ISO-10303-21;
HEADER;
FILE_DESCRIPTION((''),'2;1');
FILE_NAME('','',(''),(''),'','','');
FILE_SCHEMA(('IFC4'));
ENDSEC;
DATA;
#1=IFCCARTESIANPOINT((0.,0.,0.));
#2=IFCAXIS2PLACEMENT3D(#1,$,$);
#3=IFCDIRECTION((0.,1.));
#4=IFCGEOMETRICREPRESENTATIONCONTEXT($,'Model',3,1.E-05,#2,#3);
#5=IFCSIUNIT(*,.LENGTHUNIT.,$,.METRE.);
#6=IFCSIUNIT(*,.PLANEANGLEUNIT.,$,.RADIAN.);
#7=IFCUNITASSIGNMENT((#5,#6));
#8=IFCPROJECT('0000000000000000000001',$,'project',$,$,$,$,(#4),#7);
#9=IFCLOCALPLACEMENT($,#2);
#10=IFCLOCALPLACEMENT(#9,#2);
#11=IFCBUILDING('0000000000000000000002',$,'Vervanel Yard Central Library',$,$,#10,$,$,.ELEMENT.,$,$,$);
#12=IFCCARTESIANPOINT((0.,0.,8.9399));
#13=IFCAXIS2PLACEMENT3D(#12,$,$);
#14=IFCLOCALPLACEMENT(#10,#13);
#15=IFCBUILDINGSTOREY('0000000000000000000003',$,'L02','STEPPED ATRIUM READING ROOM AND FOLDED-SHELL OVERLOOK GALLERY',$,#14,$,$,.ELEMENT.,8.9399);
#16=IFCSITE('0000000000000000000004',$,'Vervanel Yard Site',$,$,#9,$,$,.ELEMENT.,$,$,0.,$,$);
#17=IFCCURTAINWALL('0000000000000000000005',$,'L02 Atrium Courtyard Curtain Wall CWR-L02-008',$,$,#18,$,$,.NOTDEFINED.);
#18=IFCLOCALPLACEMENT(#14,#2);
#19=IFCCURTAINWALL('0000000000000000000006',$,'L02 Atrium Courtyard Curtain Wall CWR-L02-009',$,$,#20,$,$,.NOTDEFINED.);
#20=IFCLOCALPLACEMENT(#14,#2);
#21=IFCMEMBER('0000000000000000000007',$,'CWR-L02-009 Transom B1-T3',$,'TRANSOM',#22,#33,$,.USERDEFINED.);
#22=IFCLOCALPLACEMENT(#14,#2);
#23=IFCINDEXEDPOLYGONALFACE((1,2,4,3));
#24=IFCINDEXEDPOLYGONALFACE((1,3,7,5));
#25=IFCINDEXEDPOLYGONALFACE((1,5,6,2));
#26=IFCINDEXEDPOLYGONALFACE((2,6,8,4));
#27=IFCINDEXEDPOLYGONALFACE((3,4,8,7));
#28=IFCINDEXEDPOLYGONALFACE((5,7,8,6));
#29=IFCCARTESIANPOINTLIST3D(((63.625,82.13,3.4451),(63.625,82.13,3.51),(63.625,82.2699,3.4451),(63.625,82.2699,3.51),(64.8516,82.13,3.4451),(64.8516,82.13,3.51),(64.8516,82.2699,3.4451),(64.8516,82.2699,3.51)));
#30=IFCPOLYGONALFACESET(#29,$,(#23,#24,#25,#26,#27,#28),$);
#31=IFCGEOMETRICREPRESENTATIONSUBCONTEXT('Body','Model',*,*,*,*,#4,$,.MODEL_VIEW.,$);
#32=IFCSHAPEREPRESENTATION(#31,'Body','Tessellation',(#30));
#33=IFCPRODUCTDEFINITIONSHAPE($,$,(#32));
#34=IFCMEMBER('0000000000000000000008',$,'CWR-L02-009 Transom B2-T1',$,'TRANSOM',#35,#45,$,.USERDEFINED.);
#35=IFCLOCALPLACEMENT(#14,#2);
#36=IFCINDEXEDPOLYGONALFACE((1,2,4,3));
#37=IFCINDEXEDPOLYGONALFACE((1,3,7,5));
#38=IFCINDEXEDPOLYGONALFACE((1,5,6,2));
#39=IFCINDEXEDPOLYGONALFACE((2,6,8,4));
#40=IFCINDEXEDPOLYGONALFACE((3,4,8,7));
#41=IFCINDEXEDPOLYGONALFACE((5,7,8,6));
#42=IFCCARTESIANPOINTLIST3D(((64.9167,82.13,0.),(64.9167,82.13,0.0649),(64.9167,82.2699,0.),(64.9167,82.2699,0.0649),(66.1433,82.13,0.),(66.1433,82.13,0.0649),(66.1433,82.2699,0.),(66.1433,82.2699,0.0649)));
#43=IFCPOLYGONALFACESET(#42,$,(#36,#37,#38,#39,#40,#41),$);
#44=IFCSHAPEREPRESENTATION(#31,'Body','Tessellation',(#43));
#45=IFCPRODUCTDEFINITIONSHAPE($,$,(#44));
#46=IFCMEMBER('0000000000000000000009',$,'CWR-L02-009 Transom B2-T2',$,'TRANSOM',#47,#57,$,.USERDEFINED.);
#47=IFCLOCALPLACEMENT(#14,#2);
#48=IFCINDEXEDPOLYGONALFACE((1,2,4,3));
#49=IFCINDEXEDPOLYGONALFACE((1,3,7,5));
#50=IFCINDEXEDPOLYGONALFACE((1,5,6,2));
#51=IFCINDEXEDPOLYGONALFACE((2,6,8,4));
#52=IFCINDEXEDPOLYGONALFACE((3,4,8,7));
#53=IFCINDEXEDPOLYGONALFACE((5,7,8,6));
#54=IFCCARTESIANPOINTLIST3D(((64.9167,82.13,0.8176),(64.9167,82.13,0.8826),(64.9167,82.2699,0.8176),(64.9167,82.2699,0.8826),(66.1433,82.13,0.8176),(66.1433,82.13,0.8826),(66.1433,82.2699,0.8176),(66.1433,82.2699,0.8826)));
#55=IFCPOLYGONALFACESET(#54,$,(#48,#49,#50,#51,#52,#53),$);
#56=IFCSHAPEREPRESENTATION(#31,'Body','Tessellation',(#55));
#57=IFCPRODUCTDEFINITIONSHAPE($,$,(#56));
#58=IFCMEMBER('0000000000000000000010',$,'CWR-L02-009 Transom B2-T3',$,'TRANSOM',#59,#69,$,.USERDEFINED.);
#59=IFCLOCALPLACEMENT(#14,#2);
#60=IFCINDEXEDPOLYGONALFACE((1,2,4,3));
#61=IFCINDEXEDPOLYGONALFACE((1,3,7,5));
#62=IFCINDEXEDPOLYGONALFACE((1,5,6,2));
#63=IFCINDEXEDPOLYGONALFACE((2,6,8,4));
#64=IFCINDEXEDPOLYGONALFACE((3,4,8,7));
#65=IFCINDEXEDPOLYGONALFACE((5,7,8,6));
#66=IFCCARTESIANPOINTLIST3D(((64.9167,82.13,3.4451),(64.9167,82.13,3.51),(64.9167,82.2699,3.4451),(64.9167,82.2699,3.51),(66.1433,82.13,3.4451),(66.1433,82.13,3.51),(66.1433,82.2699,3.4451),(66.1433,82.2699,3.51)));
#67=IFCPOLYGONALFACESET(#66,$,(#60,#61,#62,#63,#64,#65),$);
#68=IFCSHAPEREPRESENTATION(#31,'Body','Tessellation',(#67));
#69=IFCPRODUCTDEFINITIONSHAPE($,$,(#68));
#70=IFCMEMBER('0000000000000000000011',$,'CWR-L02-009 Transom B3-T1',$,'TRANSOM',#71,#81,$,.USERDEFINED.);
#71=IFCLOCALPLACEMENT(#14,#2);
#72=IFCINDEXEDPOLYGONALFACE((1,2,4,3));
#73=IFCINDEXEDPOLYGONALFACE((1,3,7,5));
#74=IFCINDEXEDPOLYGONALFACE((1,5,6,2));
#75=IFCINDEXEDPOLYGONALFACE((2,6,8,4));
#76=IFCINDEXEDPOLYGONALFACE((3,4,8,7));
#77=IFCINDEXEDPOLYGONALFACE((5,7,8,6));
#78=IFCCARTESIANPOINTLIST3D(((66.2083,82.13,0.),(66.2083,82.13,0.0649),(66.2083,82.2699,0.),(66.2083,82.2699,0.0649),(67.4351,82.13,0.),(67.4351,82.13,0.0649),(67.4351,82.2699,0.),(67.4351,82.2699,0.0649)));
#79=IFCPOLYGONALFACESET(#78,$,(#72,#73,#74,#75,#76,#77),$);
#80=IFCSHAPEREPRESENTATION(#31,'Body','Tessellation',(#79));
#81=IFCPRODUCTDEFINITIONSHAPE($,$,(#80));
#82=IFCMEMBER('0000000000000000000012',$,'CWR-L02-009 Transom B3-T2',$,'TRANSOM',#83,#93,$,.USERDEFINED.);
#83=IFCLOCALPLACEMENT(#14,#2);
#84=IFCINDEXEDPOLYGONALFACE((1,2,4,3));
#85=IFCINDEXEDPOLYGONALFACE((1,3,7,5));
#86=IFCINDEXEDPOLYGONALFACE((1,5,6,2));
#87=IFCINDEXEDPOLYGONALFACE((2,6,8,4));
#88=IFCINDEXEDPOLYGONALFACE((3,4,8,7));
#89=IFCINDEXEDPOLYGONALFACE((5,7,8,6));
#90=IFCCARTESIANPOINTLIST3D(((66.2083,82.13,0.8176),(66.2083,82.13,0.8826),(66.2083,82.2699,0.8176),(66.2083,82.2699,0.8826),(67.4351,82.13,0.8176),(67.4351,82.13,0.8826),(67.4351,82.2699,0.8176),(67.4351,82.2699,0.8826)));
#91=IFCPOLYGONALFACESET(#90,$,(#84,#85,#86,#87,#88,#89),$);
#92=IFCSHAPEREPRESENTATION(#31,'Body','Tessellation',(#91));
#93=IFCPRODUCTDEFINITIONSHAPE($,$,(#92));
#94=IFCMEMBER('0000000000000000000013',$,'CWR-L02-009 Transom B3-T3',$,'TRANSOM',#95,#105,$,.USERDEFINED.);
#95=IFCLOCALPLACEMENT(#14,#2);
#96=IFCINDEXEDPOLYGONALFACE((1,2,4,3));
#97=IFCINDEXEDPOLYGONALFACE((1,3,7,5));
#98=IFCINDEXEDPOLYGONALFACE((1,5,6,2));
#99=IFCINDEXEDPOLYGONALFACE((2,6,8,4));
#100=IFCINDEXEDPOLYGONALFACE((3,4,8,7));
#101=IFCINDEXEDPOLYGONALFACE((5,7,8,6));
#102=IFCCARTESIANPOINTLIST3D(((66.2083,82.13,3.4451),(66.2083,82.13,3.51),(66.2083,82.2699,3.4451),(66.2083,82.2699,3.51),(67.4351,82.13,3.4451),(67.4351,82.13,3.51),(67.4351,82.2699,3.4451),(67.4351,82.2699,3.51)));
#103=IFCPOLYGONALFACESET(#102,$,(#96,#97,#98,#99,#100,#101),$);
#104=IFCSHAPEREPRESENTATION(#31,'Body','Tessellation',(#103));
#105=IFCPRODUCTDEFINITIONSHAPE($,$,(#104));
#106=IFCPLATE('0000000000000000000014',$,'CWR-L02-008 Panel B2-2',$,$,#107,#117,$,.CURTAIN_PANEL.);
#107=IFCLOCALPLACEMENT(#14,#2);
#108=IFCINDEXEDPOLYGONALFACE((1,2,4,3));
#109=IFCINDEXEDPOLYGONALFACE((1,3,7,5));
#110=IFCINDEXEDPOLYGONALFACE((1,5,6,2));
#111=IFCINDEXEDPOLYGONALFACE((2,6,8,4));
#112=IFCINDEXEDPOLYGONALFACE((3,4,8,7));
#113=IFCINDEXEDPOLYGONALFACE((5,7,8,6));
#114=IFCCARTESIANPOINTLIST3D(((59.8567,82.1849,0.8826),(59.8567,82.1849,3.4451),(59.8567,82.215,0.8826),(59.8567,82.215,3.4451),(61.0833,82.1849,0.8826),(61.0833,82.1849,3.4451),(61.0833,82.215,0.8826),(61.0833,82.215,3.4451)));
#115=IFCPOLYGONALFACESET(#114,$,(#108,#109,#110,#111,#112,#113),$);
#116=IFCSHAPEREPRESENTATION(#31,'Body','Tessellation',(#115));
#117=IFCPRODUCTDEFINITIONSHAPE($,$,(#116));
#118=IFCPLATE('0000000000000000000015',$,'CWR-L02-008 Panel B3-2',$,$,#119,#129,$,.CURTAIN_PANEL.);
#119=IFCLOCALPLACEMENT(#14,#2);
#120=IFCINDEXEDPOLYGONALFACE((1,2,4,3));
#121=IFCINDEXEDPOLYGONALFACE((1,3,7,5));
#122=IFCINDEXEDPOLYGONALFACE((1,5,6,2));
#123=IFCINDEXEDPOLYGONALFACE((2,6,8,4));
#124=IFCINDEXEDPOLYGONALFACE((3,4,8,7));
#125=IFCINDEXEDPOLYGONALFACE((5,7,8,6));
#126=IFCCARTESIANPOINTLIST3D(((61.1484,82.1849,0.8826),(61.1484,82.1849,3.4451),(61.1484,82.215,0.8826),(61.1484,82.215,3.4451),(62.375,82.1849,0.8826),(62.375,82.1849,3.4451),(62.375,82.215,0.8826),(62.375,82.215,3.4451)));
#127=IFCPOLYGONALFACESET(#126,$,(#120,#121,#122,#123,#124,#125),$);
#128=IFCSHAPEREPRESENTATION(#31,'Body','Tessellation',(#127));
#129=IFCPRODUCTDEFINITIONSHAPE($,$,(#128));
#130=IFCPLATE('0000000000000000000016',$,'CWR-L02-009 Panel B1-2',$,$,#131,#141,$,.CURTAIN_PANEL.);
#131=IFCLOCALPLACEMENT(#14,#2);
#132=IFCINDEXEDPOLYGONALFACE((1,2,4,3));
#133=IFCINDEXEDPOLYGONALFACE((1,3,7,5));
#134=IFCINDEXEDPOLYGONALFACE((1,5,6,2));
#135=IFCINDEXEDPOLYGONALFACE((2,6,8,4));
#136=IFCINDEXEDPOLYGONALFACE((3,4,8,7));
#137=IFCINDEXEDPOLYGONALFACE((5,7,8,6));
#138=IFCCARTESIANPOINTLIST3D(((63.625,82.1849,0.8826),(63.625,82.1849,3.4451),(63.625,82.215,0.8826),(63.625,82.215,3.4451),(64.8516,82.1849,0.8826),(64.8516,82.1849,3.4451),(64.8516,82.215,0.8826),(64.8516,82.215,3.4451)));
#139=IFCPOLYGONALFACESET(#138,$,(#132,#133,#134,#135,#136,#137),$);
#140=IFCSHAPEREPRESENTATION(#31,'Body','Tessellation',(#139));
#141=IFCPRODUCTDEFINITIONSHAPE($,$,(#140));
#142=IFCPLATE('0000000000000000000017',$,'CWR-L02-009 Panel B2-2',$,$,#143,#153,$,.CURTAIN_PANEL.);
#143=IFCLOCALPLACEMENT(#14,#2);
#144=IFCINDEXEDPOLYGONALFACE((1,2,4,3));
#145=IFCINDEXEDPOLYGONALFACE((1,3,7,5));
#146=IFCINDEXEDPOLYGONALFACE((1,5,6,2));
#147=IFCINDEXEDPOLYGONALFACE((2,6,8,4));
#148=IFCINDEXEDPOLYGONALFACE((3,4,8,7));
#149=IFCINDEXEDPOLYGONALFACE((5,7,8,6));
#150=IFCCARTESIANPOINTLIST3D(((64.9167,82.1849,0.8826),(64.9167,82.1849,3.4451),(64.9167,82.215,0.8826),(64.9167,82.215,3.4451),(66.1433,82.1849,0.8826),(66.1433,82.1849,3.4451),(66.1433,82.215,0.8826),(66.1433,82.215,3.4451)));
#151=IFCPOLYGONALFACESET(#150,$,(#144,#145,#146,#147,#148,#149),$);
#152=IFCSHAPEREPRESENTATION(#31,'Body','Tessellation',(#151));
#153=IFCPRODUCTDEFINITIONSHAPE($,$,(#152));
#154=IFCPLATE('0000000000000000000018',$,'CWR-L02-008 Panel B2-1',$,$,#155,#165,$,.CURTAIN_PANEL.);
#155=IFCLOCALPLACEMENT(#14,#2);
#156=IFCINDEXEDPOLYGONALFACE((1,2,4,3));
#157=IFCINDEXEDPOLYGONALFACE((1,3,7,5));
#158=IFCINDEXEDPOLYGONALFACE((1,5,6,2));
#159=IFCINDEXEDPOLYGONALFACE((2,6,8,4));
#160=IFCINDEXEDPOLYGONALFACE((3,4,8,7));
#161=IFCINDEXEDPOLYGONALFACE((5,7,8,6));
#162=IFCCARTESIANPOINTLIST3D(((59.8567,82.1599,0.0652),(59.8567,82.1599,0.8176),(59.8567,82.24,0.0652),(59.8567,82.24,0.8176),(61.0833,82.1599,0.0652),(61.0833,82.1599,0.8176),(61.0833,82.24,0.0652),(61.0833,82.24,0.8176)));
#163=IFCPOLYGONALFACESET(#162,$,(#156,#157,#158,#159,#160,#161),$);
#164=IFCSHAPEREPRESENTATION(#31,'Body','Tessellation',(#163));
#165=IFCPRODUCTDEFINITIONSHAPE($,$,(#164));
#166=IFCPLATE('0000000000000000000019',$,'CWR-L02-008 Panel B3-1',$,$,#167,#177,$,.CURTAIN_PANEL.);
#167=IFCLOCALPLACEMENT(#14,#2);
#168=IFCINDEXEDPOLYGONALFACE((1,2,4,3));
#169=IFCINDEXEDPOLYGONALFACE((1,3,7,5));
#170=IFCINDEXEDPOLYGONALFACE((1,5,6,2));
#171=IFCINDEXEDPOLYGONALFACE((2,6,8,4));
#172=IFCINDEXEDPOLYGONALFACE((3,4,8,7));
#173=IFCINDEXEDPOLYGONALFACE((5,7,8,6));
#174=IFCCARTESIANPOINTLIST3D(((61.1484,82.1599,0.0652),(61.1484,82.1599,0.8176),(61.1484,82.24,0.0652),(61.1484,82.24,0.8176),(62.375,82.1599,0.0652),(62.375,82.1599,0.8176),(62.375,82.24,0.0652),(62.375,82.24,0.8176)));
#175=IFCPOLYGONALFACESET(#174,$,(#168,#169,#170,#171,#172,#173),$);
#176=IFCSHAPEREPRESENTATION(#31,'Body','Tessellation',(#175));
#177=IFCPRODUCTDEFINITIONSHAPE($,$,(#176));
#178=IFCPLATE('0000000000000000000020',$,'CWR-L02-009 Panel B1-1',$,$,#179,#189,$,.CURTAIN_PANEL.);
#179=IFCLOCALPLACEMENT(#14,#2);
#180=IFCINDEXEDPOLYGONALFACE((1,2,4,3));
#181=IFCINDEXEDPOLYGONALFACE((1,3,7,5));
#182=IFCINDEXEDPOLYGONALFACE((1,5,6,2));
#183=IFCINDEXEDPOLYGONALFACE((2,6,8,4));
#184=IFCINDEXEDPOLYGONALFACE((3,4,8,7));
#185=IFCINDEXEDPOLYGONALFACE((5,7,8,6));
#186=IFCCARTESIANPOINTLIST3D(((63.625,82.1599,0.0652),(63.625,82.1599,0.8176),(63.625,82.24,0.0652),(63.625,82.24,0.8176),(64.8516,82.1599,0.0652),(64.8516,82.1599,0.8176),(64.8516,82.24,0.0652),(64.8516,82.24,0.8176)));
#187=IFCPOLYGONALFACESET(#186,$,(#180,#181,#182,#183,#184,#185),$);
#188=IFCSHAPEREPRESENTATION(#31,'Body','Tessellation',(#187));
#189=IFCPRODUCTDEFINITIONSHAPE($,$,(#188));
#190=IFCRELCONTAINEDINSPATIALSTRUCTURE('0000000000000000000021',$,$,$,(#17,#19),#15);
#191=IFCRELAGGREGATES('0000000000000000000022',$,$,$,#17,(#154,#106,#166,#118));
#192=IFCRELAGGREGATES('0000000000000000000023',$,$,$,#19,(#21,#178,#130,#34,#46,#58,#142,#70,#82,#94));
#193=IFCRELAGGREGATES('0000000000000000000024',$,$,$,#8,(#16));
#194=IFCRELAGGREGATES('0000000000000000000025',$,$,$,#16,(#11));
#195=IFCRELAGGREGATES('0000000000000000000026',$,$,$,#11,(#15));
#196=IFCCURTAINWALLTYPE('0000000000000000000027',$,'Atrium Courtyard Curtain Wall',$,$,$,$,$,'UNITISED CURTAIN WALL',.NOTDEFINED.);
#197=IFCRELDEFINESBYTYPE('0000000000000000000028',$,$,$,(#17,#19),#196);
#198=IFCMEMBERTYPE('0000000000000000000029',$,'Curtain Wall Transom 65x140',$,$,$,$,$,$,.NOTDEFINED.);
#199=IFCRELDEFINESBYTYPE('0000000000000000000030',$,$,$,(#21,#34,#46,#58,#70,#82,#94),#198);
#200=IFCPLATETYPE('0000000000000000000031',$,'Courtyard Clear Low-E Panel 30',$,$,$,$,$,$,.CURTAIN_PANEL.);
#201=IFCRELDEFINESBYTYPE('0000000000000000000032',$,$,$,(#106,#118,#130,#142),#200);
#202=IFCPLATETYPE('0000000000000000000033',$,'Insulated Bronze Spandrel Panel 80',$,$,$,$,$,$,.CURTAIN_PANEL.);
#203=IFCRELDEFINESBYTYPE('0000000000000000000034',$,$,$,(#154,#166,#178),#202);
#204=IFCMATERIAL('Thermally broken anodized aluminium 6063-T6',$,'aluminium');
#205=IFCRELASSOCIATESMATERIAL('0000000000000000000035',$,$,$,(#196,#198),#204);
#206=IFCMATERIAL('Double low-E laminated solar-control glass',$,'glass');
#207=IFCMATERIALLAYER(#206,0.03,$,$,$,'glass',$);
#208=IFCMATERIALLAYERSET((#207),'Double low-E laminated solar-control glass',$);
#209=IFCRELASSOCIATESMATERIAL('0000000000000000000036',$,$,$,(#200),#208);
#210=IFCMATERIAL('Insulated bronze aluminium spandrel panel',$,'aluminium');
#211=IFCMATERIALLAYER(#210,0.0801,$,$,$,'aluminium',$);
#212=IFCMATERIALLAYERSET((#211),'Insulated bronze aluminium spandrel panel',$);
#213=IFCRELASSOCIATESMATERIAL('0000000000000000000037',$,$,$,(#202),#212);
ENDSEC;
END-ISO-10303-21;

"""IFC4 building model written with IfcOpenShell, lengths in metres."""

from ifc_helpers import new_model, si_unit, direction, frame, origin, origin_2d, place, context, subcontext, project, spatial, rectangle, extrude, material, layer, layer_set, material_profile, profile_set, type_object, element, aggregate, save


model = new_model("IFC4")

# Units and contexts
model_context = context("Model", 3, precision=1e-05, world=origin(), true_north=direction((0.0, 1.0)))
body_context = subcontext(model_context, "Body", "Model", "MODEL_VIEW")
ifc_project = project(units=[si_unit("LENGTHUNIT", "METRE"), si_unit("PLANEANGLEUNIT", "RADIAN")], contexts=[model_context])

# Site, building, storey
site_placement = place(None, origin())
site = spatial("IfcSite", under=ifc_project, at=site_placement, Name="Vervanel Yard Site", CompositionType="ELEMENT", RefElevation=0.0)
building_placement = place(site_placement, origin())
building = spatial("IfcBuilding", under=site, at=building_placement, Name="Vervanel Yard Central Library", CompositionType="ELEMENT")
storey_placement = place(building_placement, frame((0.0, 0.0, 8.9399)))
storey = spatial("IfcBuildingStorey", under=building, at=storey_placement, Name="L02", Description="STEPPED ATRIUM READING ROOM AND FOLDED-SHELL OVERLOOK GALLERY", CompositionType="ELEMENT", Elevation=8.9399)

# Curtain walls
ifc_material_1 = material(Name="Thermally broken anodized aluminium 6063-T6", Category="aluminium")
curtain_wall_type = type_object("IfcCurtainWallType", Name="Atrium Courtyard Curtain Wall", ElementType="UNITISED CURTAIN WALL", PredefinedType="NOTDEFINED", material=ifc_material_1)
curtain_wall_1_placement = place(storey_placement, origin())
curtain_wall_1 = element("IfcCurtainWall", 1, at=curtain_wall_1_placement, inside=storey, type_object=curtain_wall_type, Name="L02 Atrium Courtyard Curtain Wall CWR-L02-008", PredefinedType="NOTDEFINED")
curtain_wall_2_placement = place(storey_placement, origin())
curtain_wall_2 = element("IfcCurtainWall", 2, at=curtain_wall_2_placement, inside=storey, type_object=curtain_wall_type, Name="L02 Atrium Courtyard Curtain Wall CWR-L02-009", PredefinedType="NOTDEFINED")

# Members
ifc_material_profile_1 = material_profile(ifc_material_1, rectangle(XDim=0.0649, YDim=0.1399, at=origin_2d()), Name="ALU 65x140", Category="aluminium")
ifc_profile_set_1 = profile_set([ifc_material_profile_1], Name="Thermally broken anodized aluminium 6063-T6")
member_type_1 = type_object("IfcMemberType", Name="Curtain Wall Transom 65x140", PredefinedType="NOTDEFINED", material=ifc_profile_set_1)
member_1_placement = place(storey_placement, frame((63.625, 82.2, 3.4775), z_axis=(1.0, 0.0, 0.0), x_axis=(0.0, 0.0, 1.0)))
member_1 = element("IfcMember", 3, at=member_1_placement, type_object=member_type_1, Name="CWR-L02-009 Transom B1-T3", ObjectType="TRANSOM", PredefinedType="USERDEFINED", context=body_context, shape_type="SweptSolid", body=[
    extrude(rectangle(XDim=0.0649, YDim=0.1399, at=origin_2d()), origin(), (0.0, 0.0, 1.0), 1.2266),
])
member_2_placement = place(storey_placement, frame((64.9167, 82.2, 0.0325), z_axis=(1.0, 0.0, 0.0), x_axis=(0.0, 0.0, 1.0)))
member_2 = element("IfcMember", 4, at=member_2_placement, type_object=member_type_1, Name="CWR-L02-009 Transom B2-T1", ObjectType="TRANSOM", PredefinedType="USERDEFINED", context=body_context, shape_type="SweptSolid", body=[
    extrude(rectangle(XDim=0.0649, YDim=0.1399, at=origin_2d()), origin(), (0.0, 0.0, 1.0), 1.2266),
])
member_3_placement = place(storey_placement, frame((64.9167, 82.2, 0.8501), z_axis=(1.0, 0.0, 0.0), x_axis=(0.0, 0.0, 1.0)))
member_3 = element("IfcMember", 5, at=member_3_placement, type_object=member_type_1, Name="CWR-L02-009 Transom B2-T2", ObjectType="TRANSOM", PredefinedType="USERDEFINED", context=body_context, shape_type="SweptSolid", body=[
    extrude(rectangle(XDim=0.0649, YDim=0.1399, at=origin_2d()), origin(), (0.0, 0.0, 1.0), 1.2266),
])
member_4_placement = place(storey_placement, frame((64.9167, 82.2, 3.4775), z_axis=(1.0, 0.0, 0.0), x_axis=(0.0, 0.0, 1.0)))
member_4 = element("IfcMember", 6, at=member_4_placement, type_object=member_type_1, Name="CWR-L02-009 Transom B2-T3", ObjectType="TRANSOM", PredefinedType="USERDEFINED", context=body_context, shape_type="SweptSolid", body=[
    extrude(rectangle(XDim=0.0649, YDim=0.1399, at=origin_2d()), origin(), (0.0, 0.0, 1.0), 1.2266),
])
member_5_placement = place(storey_placement, frame((66.2083, 82.2, 0.0325), z_axis=(1.0, 0.0, 0.0), x_axis=(0.0, 0.0, 1.0)))
member_5 = element("IfcMember", 7, at=member_5_placement, type_object=member_type_1, Name="CWR-L02-009 Transom B3-T1", ObjectType="TRANSOM", PredefinedType="USERDEFINED", context=body_context, shape_type="SweptSolid", body=[
    extrude(rectangle(XDim=0.0649, YDim=0.1399, at=origin_2d()), origin(), (0.0, 0.0, 1.0), 1.2268),
])
member_6_placement = place(storey_placement, frame((66.2083, 82.2, 0.8501), z_axis=(1.0, 0.0, 0.0), x_axis=(0.0, 0.0, 1.0)))
member_6 = element("IfcMember", 8, at=member_6_placement, type_object=member_type_1, Name="CWR-L02-009 Transom B3-T2", ObjectType="TRANSOM", PredefinedType="USERDEFINED", context=body_context, shape_type="SweptSolid", body=[
    extrude(rectangle(XDim=0.0649, YDim=0.1399, at=origin_2d()), origin(), (0.0, 0.0, 1.0), 1.2268),
])
member_7_placement = place(storey_placement, frame((66.2083, 82.2, 3.4775), z_axis=(1.0, 0.0, 0.0), x_axis=(0.0, 0.0, 1.0)))
member_7 = element("IfcMember", 9, at=member_7_placement, type_object=member_type_1, Name="CWR-L02-009 Transom B3-T3", ObjectType="TRANSOM", PredefinedType="USERDEFINED", context=body_context, shape_type="SweptSolid", body=[
    extrude(rectangle(XDim=0.0649, YDim=0.1399, at=origin_2d()), origin(), (0.0, 0.0, 1.0), 1.2268),
])

# Plates
ifc_material_2 = material(Name="Double low-E laminated solar-control glass", Category="glass")
ifc_layer_1 = layer(ifc_material_2, 0.03, Category="glass")
ifc_layer_set_1 = layer_set([ifc_layer_1], Name="Double low-E laminated solar-control glass")
plate_type_1 = type_object("IfcPlateType", Name="Courtyard Clear Low-E Panel 30", PredefinedType="CURTAIN_PANEL", material=ifc_layer_set_1)
plate_1_placement = place(storey_placement, frame((60.47, 82.2, 0.8826), z_axis=(0.0, 0.0, 1.0), x_axis=(1.0, 0.0, 0.0)))
plate_1 = element("IfcPlate", 10, at=plate_1_placement, type_object=plate_type_1, Name="CWR-L02-008 Panel B2-2", PredefinedType="CURTAIN_PANEL", context=body_context, shape_type="SweptSolid", body=[
    extrude(rectangle(XDim=1.2266, YDim=0.03, at=origin_2d()), origin(), (0.0, 0.0, 1.0), 2.5625),
])
plate_2_placement = place(storey_placement, frame((61.7617, 82.2, 0.8826), z_axis=(0.0, 0.0, 1.0), x_axis=(1.0, 0.0, 0.0)))
plate_2 = element("IfcPlate", 11, at=plate_2_placement, type_object=plate_type_1, Name="CWR-L02-008 Panel B3-2", PredefinedType="CURTAIN_PANEL", context=body_context, shape_type="SweptSolid", body=[
    extrude(rectangle(XDim=1.2266, YDim=0.03, at=origin_2d()), origin(), (0.0, 0.0, 1.0), 2.5625),
])
plate_3_placement = place(storey_placement, frame((64.2383, 82.2, 0.8826), z_axis=(0.0, 0.0, 1.0), x_axis=(1.0, 0.0, 0.0)))
plate_3 = element("IfcPlate", 12, at=plate_3_placement, type_object=plate_type_1, Name="CWR-L02-009 Panel B1-2", PredefinedType="CURTAIN_PANEL", context=body_context, shape_type="SweptSolid", body=[
    extrude(rectangle(XDim=1.2266, YDim=0.03, at=origin_2d()), origin(), (0.0, 0.0, 1.0), 2.5625),
])
plate_4_placement = place(storey_placement, frame((65.53, 82.2, 0.8826), z_axis=(0.0, 0.0, 1.0), x_axis=(1.0, 0.0, 0.0)))
plate_4 = element("IfcPlate", 13, at=plate_4_placement, type_object=plate_type_1, Name="CWR-L02-009 Panel B2-2", PredefinedType="CURTAIN_PANEL", context=body_context, shape_type="SweptSolid", body=[
    extrude(rectangle(XDim=1.2266, YDim=0.03, at=origin_2d()), origin(), (0.0, 0.0, 1.0), 2.5625),
])
ifc_material_3 = material(Name="Insulated bronze aluminium spandrel panel", Category="aluminium")
ifc_layer_2 = layer(ifc_material_3, 0.0801, Category="aluminium")
ifc_layer_set_2 = layer_set([ifc_layer_2], Name="Insulated bronze aluminium spandrel panel")
plate_type_2 = type_object("IfcPlateType", Name="Insulated Bronze Spandrel Panel 80", PredefinedType="CURTAIN_PANEL", material=ifc_layer_set_2)
plate_5_placement = place(storey_placement, frame((60.47, 82.2, 0.0652), z_axis=(0.0, 0.0, 1.0), x_axis=(1.0, 0.0, 0.0)))
plate_5 = element("IfcPlate", 14, at=plate_5_placement, type_object=plate_type_2, Name="CWR-L02-008 Panel B2-1", PredefinedType="CURTAIN_PANEL", context=body_context, shape_type="SweptSolid", body=[
    extrude(rectangle(XDim=1.2266, YDim=0.0801, at=origin_2d()), origin(), (0.0, 0.0, 1.0), 0.7524),
])
plate_6_placement = place(storey_placement, frame((61.7617, 82.2, 0.0652), z_axis=(0.0, 0.0, 1.0), x_axis=(1.0, 0.0, 0.0)))
plate_6 = element("IfcPlate", 15, at=plate_6_placement, type_object=plate_type_2, Name="CWR-L02-008 Panel B3-1", PredefinedType="CURTAIN_PANEL", context=body_context, shape_type="SweptSolid", body=[
    extrude(rectangle(XDim=1.2266, YDim=0.0801, at=origin_2d()), origin(), (0.0, 0.0, 1.0), 0.7524),
])
aggregate(curtain_wall_1, [plate_5, plate_1, plate_6, plate_2])
plate_7_placement = place(storey_placement, frame((64.2383, 82.2, 0.0652), z_axis=(0.0, 0.0, 1.0), x_axis=(1.0, 0.0, 0.0)))
plate_7 = element("IfcPlate", 16, at=plate_7_placement, type_object=plate_type_2, Name="CWR-L02-009 Panel B1-1", PredefinedType="CURTAIN_PANEL", context=body_context, shape_type="SweptSolid", body=[
    extrude(rectangle(XDim=1.2266, YDim=0.0801, at=origin_2d()), origin(), (0.0, 0.0, 1.0), 0.7524),
])
aggregate(curtain_wall_2, [member_1, plate_7, plate_3, member_2, member_3, member_4, plate_4, member_5, member_6, member_7])

save(model, "model.ifc")
